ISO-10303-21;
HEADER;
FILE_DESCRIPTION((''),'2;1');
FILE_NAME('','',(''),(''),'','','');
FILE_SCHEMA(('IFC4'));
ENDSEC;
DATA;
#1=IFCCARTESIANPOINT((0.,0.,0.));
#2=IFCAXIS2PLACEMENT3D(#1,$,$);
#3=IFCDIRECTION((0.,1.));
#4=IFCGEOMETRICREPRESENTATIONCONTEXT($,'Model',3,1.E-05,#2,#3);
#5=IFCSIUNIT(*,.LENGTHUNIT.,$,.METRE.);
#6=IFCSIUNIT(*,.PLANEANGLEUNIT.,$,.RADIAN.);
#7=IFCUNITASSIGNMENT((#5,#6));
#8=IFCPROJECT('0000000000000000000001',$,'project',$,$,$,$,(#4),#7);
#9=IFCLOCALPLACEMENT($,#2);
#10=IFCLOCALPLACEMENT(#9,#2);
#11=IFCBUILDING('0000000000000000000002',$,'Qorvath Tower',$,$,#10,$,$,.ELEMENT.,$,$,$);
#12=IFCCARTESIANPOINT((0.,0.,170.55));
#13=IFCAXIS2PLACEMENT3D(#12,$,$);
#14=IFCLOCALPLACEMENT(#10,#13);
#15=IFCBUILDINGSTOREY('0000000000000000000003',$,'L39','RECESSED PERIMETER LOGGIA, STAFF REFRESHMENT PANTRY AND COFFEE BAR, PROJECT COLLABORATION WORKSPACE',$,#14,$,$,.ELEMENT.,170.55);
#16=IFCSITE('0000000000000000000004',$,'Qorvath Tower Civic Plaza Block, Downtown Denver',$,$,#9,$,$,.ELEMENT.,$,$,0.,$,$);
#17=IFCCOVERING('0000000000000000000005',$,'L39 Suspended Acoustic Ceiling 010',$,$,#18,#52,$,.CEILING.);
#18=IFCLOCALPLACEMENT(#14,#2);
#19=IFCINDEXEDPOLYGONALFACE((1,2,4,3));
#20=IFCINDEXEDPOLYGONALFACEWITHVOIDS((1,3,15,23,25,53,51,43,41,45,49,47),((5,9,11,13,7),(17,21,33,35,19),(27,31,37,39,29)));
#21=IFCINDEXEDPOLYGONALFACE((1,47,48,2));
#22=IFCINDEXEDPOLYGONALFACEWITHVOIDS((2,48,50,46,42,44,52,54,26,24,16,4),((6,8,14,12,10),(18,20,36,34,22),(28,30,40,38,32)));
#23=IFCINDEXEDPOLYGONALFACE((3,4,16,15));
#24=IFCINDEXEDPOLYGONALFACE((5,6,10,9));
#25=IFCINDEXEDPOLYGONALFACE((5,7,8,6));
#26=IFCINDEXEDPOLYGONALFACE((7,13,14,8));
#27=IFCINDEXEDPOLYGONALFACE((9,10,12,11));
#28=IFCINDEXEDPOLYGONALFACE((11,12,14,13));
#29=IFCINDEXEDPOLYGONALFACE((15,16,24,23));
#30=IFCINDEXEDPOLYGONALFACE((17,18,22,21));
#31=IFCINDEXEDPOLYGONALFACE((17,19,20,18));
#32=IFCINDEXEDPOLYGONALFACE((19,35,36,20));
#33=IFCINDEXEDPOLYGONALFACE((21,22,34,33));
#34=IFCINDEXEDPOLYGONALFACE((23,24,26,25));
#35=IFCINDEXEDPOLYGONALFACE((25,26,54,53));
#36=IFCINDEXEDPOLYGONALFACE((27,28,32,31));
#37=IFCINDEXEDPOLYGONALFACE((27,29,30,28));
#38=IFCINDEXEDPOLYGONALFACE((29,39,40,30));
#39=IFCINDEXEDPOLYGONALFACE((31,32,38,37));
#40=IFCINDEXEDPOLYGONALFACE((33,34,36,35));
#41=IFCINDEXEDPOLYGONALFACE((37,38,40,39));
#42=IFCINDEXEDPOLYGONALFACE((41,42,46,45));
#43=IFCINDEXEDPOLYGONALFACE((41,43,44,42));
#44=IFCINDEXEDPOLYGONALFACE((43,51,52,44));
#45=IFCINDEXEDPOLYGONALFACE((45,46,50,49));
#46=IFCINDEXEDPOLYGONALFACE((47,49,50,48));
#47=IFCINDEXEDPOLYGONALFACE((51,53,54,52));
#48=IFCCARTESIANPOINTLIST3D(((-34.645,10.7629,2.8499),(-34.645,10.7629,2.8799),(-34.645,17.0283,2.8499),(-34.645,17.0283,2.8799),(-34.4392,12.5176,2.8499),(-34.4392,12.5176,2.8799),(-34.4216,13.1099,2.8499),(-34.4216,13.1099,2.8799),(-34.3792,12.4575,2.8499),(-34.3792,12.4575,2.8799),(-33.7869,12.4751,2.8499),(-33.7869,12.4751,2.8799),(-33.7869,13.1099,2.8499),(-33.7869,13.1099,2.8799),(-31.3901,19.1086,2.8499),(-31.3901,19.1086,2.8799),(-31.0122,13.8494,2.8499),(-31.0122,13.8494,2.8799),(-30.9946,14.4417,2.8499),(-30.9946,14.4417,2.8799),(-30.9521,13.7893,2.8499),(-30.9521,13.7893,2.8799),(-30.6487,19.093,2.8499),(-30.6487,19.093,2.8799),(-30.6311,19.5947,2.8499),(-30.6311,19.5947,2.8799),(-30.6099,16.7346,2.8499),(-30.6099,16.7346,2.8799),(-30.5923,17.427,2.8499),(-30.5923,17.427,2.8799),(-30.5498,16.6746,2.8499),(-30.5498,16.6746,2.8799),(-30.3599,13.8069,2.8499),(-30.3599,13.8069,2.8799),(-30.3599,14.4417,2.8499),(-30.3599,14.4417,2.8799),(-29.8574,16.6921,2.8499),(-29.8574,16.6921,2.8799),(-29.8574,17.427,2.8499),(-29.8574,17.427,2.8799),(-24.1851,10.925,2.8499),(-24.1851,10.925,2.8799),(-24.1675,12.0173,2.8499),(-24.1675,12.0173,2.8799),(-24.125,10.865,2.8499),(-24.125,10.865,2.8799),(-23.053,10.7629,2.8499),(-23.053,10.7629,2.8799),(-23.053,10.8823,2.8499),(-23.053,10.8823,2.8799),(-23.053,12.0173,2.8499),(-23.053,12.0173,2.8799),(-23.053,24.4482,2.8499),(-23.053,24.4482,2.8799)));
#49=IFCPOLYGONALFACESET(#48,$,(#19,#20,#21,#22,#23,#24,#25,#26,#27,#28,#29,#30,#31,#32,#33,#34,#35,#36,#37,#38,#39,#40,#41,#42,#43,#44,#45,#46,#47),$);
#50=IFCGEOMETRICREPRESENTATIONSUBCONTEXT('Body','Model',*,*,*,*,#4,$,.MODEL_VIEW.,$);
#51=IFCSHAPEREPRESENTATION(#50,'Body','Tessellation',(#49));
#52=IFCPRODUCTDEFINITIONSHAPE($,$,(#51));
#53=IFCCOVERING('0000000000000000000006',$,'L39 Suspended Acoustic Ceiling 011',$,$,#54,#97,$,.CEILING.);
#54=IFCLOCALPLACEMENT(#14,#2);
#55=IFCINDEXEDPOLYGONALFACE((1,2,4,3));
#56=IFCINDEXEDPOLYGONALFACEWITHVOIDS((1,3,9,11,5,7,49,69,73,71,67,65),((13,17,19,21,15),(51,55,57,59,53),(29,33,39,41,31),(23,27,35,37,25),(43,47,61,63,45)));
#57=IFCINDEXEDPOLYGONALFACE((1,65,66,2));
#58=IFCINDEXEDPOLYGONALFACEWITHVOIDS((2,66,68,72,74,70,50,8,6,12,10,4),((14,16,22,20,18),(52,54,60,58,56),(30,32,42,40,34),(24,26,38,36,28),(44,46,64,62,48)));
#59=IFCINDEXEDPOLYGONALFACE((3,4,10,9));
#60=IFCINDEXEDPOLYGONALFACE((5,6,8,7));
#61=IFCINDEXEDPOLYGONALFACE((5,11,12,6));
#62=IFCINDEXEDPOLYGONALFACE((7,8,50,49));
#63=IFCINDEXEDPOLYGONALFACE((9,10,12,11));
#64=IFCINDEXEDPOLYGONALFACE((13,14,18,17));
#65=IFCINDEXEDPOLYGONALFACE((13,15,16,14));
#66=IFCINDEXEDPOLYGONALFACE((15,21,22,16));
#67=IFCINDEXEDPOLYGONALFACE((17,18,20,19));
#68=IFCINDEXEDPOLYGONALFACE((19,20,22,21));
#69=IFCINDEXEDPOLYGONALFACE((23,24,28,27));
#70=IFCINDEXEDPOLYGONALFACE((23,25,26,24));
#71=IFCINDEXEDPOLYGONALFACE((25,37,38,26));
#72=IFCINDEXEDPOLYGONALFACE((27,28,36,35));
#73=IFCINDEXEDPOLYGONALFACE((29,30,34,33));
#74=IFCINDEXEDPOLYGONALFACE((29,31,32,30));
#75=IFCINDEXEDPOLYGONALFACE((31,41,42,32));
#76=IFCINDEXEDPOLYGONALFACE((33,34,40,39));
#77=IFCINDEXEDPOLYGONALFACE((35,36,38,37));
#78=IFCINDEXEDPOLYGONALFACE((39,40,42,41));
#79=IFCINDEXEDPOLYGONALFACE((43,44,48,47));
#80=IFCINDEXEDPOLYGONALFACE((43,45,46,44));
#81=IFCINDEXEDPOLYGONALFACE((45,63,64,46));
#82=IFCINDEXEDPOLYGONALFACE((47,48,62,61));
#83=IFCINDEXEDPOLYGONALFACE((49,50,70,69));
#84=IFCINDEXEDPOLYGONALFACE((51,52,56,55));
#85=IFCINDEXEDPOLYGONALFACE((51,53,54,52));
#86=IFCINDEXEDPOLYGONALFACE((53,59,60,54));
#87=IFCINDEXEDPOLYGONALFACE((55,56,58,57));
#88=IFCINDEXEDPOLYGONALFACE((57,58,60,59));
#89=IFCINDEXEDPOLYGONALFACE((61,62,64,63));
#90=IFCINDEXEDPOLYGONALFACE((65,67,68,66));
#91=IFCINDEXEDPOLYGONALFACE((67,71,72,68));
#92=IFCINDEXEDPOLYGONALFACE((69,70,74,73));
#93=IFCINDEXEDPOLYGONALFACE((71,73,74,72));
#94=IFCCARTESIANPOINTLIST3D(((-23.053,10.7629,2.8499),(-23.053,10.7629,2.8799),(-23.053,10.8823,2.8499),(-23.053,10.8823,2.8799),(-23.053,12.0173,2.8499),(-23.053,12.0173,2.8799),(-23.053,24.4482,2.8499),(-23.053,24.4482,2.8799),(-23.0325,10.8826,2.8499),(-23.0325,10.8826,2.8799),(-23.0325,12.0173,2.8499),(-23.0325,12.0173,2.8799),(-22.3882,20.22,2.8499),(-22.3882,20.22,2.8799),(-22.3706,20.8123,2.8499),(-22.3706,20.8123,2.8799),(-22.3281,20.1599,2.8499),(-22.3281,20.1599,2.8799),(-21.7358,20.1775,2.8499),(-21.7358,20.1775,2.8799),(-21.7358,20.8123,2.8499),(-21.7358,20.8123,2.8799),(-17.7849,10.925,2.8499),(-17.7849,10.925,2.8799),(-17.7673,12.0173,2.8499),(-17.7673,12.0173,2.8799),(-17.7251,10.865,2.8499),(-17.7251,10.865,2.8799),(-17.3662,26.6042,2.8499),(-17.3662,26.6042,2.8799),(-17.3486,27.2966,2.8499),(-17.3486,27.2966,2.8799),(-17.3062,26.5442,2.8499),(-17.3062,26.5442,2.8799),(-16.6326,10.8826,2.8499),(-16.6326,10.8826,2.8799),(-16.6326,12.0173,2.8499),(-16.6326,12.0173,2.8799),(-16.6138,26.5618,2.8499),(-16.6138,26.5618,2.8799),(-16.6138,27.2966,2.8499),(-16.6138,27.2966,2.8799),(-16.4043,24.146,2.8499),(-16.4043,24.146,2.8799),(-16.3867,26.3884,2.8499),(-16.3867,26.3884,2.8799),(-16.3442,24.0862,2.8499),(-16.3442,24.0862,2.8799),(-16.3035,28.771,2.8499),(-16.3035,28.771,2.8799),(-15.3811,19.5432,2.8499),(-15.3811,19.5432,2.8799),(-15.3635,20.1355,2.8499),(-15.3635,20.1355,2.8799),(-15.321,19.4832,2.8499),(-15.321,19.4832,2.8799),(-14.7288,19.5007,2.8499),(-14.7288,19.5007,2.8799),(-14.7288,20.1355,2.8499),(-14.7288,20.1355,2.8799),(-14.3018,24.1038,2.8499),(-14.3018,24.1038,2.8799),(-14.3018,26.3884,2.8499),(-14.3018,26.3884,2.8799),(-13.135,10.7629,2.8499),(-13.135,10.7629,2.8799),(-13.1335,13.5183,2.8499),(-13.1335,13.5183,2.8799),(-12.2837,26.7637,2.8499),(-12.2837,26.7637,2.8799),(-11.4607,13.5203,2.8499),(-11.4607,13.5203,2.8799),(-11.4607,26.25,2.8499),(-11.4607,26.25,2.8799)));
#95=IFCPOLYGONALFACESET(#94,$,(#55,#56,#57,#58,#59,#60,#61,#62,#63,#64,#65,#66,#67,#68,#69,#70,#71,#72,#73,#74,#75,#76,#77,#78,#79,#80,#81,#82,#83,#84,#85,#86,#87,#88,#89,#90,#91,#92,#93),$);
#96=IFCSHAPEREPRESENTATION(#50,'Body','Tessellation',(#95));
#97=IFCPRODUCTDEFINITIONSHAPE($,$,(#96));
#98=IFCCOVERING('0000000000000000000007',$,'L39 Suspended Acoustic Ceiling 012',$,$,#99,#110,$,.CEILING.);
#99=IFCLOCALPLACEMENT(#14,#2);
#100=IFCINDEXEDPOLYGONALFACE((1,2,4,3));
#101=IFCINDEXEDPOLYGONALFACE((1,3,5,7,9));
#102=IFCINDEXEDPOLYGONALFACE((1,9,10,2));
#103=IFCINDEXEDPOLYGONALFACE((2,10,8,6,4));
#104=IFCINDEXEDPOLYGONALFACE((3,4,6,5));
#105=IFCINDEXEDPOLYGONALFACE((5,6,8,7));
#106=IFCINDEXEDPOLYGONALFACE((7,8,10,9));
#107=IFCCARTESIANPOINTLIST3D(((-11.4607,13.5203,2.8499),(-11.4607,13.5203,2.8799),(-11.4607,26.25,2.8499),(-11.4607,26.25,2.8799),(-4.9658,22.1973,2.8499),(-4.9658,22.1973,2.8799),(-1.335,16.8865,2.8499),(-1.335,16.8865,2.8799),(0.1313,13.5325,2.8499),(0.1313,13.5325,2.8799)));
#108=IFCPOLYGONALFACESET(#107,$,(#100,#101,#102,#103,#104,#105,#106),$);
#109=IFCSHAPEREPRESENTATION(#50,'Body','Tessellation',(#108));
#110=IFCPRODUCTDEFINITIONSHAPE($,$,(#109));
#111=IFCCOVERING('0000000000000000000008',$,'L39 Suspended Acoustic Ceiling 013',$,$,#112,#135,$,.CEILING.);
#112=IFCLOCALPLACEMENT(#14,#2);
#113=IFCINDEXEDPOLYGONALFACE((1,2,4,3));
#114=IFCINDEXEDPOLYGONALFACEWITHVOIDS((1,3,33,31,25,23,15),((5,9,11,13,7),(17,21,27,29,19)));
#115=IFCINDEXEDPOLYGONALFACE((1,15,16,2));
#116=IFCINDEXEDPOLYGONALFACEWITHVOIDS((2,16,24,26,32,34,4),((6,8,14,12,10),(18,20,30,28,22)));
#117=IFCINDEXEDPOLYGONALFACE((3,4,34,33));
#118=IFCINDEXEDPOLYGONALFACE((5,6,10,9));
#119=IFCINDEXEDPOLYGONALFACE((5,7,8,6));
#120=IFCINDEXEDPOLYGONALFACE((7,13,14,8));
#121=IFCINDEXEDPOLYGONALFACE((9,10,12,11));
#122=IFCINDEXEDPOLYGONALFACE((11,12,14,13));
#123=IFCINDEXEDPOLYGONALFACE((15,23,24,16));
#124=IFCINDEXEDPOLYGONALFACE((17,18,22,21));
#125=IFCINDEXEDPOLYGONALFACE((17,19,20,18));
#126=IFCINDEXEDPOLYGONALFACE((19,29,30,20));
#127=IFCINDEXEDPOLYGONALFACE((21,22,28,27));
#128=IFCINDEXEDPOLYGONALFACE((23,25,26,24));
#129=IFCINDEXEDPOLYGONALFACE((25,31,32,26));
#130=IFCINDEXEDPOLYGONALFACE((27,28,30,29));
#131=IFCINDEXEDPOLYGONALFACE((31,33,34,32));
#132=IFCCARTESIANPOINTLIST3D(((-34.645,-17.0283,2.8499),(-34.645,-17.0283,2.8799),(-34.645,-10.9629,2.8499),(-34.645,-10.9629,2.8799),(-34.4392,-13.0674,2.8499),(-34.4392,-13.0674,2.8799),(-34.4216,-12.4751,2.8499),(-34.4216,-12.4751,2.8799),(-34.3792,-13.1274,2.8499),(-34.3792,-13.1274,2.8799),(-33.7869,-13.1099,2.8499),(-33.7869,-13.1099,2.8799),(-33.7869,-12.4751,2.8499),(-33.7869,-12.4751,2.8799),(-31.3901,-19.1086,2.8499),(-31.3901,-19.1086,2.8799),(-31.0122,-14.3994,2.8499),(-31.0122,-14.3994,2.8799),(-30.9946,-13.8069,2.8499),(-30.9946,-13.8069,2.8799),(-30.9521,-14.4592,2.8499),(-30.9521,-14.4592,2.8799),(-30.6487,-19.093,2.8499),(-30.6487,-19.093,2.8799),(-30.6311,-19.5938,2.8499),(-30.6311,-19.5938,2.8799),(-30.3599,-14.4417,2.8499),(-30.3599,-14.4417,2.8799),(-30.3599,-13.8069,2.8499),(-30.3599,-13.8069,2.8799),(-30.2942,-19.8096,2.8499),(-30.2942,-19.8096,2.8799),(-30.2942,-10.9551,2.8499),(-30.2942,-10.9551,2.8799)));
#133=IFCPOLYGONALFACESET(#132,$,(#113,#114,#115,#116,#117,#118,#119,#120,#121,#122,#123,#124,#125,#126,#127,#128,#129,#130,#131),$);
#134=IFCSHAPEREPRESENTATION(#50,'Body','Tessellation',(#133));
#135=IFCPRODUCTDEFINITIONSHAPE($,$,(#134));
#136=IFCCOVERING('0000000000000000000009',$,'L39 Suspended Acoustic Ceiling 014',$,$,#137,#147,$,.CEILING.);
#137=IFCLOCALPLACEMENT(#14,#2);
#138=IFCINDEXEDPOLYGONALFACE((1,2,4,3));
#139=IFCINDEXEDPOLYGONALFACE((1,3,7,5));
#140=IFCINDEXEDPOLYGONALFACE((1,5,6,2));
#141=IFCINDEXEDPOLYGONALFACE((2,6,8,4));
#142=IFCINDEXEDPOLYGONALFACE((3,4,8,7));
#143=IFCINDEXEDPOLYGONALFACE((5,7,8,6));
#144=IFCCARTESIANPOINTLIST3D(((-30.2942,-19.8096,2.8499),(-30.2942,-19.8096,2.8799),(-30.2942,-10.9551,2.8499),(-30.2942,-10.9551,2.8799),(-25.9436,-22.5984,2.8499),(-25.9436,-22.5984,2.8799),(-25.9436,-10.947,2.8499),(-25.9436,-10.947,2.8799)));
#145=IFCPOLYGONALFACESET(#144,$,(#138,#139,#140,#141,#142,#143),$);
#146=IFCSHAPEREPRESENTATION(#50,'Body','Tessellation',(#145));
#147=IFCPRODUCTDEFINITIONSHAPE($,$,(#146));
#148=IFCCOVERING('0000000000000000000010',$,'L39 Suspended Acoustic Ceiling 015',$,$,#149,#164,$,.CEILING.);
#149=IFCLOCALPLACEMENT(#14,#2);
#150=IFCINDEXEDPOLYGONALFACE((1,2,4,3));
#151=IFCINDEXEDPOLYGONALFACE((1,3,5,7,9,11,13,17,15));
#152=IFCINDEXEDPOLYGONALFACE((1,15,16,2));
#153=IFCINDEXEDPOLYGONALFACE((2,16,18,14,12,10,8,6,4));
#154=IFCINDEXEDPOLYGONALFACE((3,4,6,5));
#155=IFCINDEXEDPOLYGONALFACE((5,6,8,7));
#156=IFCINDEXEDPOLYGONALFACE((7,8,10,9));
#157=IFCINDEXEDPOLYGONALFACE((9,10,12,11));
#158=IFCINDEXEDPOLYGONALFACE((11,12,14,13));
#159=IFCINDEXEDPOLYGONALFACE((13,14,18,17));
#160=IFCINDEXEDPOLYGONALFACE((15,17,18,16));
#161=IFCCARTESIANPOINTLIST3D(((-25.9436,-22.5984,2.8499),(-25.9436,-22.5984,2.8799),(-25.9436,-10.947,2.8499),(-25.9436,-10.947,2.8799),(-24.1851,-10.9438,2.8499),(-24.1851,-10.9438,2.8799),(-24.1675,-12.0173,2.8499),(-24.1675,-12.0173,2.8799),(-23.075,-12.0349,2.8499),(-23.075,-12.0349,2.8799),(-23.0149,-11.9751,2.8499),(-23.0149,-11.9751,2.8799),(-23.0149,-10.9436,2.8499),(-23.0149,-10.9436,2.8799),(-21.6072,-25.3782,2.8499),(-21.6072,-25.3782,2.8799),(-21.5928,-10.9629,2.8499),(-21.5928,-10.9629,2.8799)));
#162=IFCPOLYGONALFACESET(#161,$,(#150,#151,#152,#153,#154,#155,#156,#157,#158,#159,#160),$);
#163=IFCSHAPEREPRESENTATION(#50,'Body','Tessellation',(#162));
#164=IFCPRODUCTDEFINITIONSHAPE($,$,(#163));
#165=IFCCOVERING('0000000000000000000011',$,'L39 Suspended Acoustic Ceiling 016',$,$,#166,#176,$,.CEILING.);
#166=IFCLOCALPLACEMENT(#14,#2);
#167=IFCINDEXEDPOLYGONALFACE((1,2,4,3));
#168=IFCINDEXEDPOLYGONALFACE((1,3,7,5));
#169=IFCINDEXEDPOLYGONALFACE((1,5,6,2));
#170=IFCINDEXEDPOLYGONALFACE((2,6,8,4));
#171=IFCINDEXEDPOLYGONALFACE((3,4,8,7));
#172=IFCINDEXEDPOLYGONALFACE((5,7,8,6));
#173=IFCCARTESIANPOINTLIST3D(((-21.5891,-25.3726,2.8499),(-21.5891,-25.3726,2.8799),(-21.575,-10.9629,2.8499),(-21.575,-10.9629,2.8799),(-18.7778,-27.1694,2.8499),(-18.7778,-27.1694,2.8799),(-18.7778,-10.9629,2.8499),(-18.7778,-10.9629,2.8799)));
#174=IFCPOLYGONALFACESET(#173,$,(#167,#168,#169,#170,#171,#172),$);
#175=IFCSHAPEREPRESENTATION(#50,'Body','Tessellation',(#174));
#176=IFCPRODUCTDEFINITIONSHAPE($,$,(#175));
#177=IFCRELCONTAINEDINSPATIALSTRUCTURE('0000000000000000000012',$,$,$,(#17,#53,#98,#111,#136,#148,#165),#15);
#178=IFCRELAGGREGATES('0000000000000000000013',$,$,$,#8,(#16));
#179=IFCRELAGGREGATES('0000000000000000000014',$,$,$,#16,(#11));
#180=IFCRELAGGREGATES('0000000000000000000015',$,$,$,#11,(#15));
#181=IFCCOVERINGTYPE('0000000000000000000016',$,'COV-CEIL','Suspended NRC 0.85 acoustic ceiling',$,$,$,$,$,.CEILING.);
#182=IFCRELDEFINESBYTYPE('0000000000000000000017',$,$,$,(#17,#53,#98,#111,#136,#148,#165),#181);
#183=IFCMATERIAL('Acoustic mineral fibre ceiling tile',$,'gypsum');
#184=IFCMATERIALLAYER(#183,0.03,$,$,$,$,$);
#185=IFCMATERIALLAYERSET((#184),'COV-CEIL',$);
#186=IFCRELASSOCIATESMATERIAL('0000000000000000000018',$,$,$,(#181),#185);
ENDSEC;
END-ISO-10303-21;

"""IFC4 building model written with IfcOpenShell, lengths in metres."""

from ifc_helpers import new_model, si_unit, direction, frame, origin, place, context, subcontext, project, spatial, polyline, outline, extrude, material, layer, layer_set, type_object, element, save


model = new_model("IFC4")

# Units and contexts
model_context = context("Model", 3, precision=1e-05, world=origin(), true_north=direction((0.0, 1.0)))
body_context = subcontext(model_context, "Body", "Model", "MODEL_VIEW")
ifc_project = project(units=[si_unit("LENGTHUNIT", "METRE"), si_unit("PLANEANGLEUNIT", "RADIAN")], contexts=[model_context])

# Site, building, storey
site_placement = place(None, origin())
site = spatial("IfcSite", under=ifc_project, at=site_placement, Name="Qorvath Tower Civic Plaza Block, Downtown Denver", CompositionType="ELEMENT", RefElevation=0.0)
building_placement = place(site_placement, origin())
building = spatial("IfcBuilding", under=site, at=building_placement, Name="Qorvath Tower", CompositionType="ELEMENT")
storey_placement = place(building_placement, frame((0.0, 0.0, 170.55)))
storey = spatial("IfcBuildingStorey", under=building, at=storey_placement, Name="L39", Description="RECESSED PERIMETER LOGGIA, STAFF REFRESHMENT PANTRY AND COFFEE BAR, PROJECT COLLABORATION WORKSPACE", CompositionType="ELEMENT", Elevation=170.55)

# Coverings
ifc_material_1 = material(Name="Acoustic mineral fibre ceiling tile", Category="gypsum")
ifc_layer_1 = layer(ifc_material_1, 0.03)
ifc_layer_set_1 = layer_set([ifc_layer_1], Name="COV-CEIL")
covering_type_1 = type_object("IfcCoveringType", Name="COV-CEIL", Description="Suspended NRC 0.85 acoustic ceiling", PredefinedType="CEILING", material=ifc_layer_set_1)
covering_1_placement = place(storey_placement, frame((0.0, 0.0, 2.8499)))
element("IfcCovering", 1, at=covering_1_placement, inside=storey, type_object=covering_type_1, Name="L39 Suspended Acoustic Ceiling 010", PredefinedType="CEILING", context=body_context, shape_type="SweptSolid", body=[
    extrude(outline(polyline([(-23.053, 10.7629), (-23.053, 10.8823), (-24.125, 10.865), (-24.1851, 10.925), (-24.1675, 12.0173), (-23.053, 12.0173), (-23.053, 24.4482), (-30.6311, 19.5947), (-30.6487, 19.093), (-31.3901, 19.1086), (-34.645, 17.0283), (-34.645, 10.7629), (-23.053, 10.7629)]), holes=[polyline([(-30.6099, 16.7346), (-30.5923, 17.427), (-29.8574, 17.427), (-29.8574, 16.6921), (-30.5498, 16.6746), (-30.6099, 16.7346)]), polyline([(-31.0122, 13.8494), (-30.9946, 14.4417), (-30.3599, 14.4417), (-30.3599, 13.8069), (-30.9521, 13.7893), (-31.0122, 13.8494)]), polyline([(-34.4392, 12.5176), (-34.4216, 13.1099), (-33.7869, 13.1099), (-33.7869, 12.4751), (-34.3792, 12.4575), (-34.4392, 12.5176)])]), origin(), (0.0, 0.0, 1.0), 0.03),
])
covering_2_placement = place(storey_placement, frame((0.0, 0.0, 2.8499)))
element("IfcCovering", 2, at=covering_2_placement, inside=storey, type_object=covering_type_1, Name="L39 Suspended Acoustic Ceiling 011", PredefinedType="CEILING", context=body_context, shape_type="SweptSolid", body=[
    extrude(outline(polyline([(-13.1335, 13.5183), (-11.4607, 13.5203), (-11.4607, 26.25), (-12.2837, 26.7637), (-16.3035, 28.771), (-23.053, 24.4482), (-23.053, 12.0173), (-23.0325, 12.0173), (-23.0325, 10.8826), (-23.053, 10.8823), (-23.053, 10.7629), (-13.135, 10.7629), (-13.1335, 13.5183)]), holes=[polyline([(-16.4043, 24.146), (-16.3867, 26.3884), (-14.3018, 26.3884), (-14.3018, 24.1038), (-16.3442, 24.0862), (-16.4043, 24.146)]), polyline([(-15.3811, 19.5432), (-15.3635, 20.1355), (-14.7288, 20.1355), (-14.7288, 19.5007), (-15.321, 19.4832), (-15.3811, 19.5432)]), polyline([(-17.3662, 26.6042), (-17.3486, 27.2966), (-16.6138, 27.2966), (-16.6138, 26.5618), (-17.3062, 26.5442), (-17.3662, 26.6042)]), polyline([(-17.7849, 10.925), (-17.7673, 12.0173), (-16.6326, 12.0173), (-16.6326, 10.8826), (-17.7251, 10.865), (-17.7849, 10.925)]), polyline([(-22.3882, 20.22), (-22.3706, 20.8123), (-21.7358, 20.8123), (-21.7358, 20.1775), (-22.3281, 20.1599), (-22.3882, 20.22)])]), origin(), (0.0, 0.0, 1.0), 0.03),
])
covering_3_placement = place(storey_placement, frame((0.0, 0.0, 2.8499)))
element("IfcCovering", 3, at=covering_3_placement, inside=storey, type_object=covering_type_1, Name="L39 Suspended Acoustic Ceiling 012", PredefinedType="CEILING", context=body_context, shape_type="SweptSolid", body=[
    extrude(outline(polyline([(-11.4607, 26.25), (-11.4607, 13.5203), (0.1313, 13.5325), (-1.335, 16.8865), (-4.9658, 22.1973), (-11.4607, 26.25)])), origin(), (0.0, 0.0, 1.0), 0.03),
])
covering_4_placement = place(storey_placement, frame((0.0, 0.0, 2.8499)))
element("IfcCovering", 4, at=covering_4_placement, inside=storey, type_object=covering_type_1, Name="L39 Suspended Acoustic Ceiling 013", PredefinedType="CEILING", context=body_context, shape_type="SweptSolid", body=[
    extrude(outline(polyline([(-30.2942, -19.8096), (-30.2942, -10.9551), (-34.645, -10.9629), (-34.645, -17.0283), (-31.3901, -19.1086), (-30.6487, -19.093), (-30.6311, -19.5938), (-30.2942, -19.8096)]), holes=[polyline([(-31.0122, -14.3994), (-30.9946, -13.8069), (-30.3599, -13.8069), (-30.3599, -14.4417), (-30.9521, -14.4592), (-31.0122, -14.3994)]), polyline([(-34.4392, -13.0674), (-34.4216, -12.4751), (-33.7869, -12.4751), (-33.7869, -13.1099), (-34.3792, -13.1274), (-34.4392, -13.0674)])]), origin(), (0.0, 0.0, 1.0), 0.03),
])
covering_5_placement = place(storey_placement, frame((0.0, 0.0, 2.8499)))
element("IfcCovering", 5, at=covering_5_placement, inside=storey, type_object=covering_type_1, Name="L39 Suspended Acoustic Ceiling 014", PredefinedType="CEILING", context=body_context, shape_type="SweptSolid", body=[
    extrude(outline(polyline([(-25.9436, -22.5984), (-25.9436, -10.947), (-30.2942, -10.9551), (-30.2942, -19.8096), (-25.9436, -22.5984)])), origin(), (0.0, 0.0, 1.0), 0.03),
])
covering_6_placement = place(storey_placement, frame((0.0, 0.0, 2.8499)))
element("IfcCovering", 6, at=covering_6_placement, inside=storey, type_object=covering_type_1, Name="L39 Suspended Acoustic Ceiling 015", PredefinedType="CEILING", context=body_context, shape_type="SweptSolid", body=[
    extrude(outline(polyline([(-21.6072, -25.3782), (-21.5928, -10.9629), (-23.0149, -10.9436), (-23.0149, -11.9751), (-23.075, -12.0349), (-24.1675, -12.0173), (-24.1851, -10.9438), (-25.9436, -10.947), (-25.9436, -22.5984), (-21.6072, -25.3782)])), origin(), (0.0, 0.0, 1.0), 0.03),
])
covering_7_placement = place(storey_placement, frame((0.0, 0.0, 2.8499)))
element("IfcCovering", 7, at=covering_7_placement, inside=storey, type_object=covering_type_1, Name="L39 Suspended Acoustic Ceiling 016", PredefinedType="CEILING", context=body_context, shape_type="SweptSolid", body=[
    extrude(outline(polyline([(-18.7778, -27.1694), (-18.7778, -10.9629), (-21.575, -10.9629), (-21.5891, -25.3726), (-18.7778, -27.1694)])), origin(), (0.0, 0.0, 1.0), 0.03),
])

save(model, "model.ifc")
